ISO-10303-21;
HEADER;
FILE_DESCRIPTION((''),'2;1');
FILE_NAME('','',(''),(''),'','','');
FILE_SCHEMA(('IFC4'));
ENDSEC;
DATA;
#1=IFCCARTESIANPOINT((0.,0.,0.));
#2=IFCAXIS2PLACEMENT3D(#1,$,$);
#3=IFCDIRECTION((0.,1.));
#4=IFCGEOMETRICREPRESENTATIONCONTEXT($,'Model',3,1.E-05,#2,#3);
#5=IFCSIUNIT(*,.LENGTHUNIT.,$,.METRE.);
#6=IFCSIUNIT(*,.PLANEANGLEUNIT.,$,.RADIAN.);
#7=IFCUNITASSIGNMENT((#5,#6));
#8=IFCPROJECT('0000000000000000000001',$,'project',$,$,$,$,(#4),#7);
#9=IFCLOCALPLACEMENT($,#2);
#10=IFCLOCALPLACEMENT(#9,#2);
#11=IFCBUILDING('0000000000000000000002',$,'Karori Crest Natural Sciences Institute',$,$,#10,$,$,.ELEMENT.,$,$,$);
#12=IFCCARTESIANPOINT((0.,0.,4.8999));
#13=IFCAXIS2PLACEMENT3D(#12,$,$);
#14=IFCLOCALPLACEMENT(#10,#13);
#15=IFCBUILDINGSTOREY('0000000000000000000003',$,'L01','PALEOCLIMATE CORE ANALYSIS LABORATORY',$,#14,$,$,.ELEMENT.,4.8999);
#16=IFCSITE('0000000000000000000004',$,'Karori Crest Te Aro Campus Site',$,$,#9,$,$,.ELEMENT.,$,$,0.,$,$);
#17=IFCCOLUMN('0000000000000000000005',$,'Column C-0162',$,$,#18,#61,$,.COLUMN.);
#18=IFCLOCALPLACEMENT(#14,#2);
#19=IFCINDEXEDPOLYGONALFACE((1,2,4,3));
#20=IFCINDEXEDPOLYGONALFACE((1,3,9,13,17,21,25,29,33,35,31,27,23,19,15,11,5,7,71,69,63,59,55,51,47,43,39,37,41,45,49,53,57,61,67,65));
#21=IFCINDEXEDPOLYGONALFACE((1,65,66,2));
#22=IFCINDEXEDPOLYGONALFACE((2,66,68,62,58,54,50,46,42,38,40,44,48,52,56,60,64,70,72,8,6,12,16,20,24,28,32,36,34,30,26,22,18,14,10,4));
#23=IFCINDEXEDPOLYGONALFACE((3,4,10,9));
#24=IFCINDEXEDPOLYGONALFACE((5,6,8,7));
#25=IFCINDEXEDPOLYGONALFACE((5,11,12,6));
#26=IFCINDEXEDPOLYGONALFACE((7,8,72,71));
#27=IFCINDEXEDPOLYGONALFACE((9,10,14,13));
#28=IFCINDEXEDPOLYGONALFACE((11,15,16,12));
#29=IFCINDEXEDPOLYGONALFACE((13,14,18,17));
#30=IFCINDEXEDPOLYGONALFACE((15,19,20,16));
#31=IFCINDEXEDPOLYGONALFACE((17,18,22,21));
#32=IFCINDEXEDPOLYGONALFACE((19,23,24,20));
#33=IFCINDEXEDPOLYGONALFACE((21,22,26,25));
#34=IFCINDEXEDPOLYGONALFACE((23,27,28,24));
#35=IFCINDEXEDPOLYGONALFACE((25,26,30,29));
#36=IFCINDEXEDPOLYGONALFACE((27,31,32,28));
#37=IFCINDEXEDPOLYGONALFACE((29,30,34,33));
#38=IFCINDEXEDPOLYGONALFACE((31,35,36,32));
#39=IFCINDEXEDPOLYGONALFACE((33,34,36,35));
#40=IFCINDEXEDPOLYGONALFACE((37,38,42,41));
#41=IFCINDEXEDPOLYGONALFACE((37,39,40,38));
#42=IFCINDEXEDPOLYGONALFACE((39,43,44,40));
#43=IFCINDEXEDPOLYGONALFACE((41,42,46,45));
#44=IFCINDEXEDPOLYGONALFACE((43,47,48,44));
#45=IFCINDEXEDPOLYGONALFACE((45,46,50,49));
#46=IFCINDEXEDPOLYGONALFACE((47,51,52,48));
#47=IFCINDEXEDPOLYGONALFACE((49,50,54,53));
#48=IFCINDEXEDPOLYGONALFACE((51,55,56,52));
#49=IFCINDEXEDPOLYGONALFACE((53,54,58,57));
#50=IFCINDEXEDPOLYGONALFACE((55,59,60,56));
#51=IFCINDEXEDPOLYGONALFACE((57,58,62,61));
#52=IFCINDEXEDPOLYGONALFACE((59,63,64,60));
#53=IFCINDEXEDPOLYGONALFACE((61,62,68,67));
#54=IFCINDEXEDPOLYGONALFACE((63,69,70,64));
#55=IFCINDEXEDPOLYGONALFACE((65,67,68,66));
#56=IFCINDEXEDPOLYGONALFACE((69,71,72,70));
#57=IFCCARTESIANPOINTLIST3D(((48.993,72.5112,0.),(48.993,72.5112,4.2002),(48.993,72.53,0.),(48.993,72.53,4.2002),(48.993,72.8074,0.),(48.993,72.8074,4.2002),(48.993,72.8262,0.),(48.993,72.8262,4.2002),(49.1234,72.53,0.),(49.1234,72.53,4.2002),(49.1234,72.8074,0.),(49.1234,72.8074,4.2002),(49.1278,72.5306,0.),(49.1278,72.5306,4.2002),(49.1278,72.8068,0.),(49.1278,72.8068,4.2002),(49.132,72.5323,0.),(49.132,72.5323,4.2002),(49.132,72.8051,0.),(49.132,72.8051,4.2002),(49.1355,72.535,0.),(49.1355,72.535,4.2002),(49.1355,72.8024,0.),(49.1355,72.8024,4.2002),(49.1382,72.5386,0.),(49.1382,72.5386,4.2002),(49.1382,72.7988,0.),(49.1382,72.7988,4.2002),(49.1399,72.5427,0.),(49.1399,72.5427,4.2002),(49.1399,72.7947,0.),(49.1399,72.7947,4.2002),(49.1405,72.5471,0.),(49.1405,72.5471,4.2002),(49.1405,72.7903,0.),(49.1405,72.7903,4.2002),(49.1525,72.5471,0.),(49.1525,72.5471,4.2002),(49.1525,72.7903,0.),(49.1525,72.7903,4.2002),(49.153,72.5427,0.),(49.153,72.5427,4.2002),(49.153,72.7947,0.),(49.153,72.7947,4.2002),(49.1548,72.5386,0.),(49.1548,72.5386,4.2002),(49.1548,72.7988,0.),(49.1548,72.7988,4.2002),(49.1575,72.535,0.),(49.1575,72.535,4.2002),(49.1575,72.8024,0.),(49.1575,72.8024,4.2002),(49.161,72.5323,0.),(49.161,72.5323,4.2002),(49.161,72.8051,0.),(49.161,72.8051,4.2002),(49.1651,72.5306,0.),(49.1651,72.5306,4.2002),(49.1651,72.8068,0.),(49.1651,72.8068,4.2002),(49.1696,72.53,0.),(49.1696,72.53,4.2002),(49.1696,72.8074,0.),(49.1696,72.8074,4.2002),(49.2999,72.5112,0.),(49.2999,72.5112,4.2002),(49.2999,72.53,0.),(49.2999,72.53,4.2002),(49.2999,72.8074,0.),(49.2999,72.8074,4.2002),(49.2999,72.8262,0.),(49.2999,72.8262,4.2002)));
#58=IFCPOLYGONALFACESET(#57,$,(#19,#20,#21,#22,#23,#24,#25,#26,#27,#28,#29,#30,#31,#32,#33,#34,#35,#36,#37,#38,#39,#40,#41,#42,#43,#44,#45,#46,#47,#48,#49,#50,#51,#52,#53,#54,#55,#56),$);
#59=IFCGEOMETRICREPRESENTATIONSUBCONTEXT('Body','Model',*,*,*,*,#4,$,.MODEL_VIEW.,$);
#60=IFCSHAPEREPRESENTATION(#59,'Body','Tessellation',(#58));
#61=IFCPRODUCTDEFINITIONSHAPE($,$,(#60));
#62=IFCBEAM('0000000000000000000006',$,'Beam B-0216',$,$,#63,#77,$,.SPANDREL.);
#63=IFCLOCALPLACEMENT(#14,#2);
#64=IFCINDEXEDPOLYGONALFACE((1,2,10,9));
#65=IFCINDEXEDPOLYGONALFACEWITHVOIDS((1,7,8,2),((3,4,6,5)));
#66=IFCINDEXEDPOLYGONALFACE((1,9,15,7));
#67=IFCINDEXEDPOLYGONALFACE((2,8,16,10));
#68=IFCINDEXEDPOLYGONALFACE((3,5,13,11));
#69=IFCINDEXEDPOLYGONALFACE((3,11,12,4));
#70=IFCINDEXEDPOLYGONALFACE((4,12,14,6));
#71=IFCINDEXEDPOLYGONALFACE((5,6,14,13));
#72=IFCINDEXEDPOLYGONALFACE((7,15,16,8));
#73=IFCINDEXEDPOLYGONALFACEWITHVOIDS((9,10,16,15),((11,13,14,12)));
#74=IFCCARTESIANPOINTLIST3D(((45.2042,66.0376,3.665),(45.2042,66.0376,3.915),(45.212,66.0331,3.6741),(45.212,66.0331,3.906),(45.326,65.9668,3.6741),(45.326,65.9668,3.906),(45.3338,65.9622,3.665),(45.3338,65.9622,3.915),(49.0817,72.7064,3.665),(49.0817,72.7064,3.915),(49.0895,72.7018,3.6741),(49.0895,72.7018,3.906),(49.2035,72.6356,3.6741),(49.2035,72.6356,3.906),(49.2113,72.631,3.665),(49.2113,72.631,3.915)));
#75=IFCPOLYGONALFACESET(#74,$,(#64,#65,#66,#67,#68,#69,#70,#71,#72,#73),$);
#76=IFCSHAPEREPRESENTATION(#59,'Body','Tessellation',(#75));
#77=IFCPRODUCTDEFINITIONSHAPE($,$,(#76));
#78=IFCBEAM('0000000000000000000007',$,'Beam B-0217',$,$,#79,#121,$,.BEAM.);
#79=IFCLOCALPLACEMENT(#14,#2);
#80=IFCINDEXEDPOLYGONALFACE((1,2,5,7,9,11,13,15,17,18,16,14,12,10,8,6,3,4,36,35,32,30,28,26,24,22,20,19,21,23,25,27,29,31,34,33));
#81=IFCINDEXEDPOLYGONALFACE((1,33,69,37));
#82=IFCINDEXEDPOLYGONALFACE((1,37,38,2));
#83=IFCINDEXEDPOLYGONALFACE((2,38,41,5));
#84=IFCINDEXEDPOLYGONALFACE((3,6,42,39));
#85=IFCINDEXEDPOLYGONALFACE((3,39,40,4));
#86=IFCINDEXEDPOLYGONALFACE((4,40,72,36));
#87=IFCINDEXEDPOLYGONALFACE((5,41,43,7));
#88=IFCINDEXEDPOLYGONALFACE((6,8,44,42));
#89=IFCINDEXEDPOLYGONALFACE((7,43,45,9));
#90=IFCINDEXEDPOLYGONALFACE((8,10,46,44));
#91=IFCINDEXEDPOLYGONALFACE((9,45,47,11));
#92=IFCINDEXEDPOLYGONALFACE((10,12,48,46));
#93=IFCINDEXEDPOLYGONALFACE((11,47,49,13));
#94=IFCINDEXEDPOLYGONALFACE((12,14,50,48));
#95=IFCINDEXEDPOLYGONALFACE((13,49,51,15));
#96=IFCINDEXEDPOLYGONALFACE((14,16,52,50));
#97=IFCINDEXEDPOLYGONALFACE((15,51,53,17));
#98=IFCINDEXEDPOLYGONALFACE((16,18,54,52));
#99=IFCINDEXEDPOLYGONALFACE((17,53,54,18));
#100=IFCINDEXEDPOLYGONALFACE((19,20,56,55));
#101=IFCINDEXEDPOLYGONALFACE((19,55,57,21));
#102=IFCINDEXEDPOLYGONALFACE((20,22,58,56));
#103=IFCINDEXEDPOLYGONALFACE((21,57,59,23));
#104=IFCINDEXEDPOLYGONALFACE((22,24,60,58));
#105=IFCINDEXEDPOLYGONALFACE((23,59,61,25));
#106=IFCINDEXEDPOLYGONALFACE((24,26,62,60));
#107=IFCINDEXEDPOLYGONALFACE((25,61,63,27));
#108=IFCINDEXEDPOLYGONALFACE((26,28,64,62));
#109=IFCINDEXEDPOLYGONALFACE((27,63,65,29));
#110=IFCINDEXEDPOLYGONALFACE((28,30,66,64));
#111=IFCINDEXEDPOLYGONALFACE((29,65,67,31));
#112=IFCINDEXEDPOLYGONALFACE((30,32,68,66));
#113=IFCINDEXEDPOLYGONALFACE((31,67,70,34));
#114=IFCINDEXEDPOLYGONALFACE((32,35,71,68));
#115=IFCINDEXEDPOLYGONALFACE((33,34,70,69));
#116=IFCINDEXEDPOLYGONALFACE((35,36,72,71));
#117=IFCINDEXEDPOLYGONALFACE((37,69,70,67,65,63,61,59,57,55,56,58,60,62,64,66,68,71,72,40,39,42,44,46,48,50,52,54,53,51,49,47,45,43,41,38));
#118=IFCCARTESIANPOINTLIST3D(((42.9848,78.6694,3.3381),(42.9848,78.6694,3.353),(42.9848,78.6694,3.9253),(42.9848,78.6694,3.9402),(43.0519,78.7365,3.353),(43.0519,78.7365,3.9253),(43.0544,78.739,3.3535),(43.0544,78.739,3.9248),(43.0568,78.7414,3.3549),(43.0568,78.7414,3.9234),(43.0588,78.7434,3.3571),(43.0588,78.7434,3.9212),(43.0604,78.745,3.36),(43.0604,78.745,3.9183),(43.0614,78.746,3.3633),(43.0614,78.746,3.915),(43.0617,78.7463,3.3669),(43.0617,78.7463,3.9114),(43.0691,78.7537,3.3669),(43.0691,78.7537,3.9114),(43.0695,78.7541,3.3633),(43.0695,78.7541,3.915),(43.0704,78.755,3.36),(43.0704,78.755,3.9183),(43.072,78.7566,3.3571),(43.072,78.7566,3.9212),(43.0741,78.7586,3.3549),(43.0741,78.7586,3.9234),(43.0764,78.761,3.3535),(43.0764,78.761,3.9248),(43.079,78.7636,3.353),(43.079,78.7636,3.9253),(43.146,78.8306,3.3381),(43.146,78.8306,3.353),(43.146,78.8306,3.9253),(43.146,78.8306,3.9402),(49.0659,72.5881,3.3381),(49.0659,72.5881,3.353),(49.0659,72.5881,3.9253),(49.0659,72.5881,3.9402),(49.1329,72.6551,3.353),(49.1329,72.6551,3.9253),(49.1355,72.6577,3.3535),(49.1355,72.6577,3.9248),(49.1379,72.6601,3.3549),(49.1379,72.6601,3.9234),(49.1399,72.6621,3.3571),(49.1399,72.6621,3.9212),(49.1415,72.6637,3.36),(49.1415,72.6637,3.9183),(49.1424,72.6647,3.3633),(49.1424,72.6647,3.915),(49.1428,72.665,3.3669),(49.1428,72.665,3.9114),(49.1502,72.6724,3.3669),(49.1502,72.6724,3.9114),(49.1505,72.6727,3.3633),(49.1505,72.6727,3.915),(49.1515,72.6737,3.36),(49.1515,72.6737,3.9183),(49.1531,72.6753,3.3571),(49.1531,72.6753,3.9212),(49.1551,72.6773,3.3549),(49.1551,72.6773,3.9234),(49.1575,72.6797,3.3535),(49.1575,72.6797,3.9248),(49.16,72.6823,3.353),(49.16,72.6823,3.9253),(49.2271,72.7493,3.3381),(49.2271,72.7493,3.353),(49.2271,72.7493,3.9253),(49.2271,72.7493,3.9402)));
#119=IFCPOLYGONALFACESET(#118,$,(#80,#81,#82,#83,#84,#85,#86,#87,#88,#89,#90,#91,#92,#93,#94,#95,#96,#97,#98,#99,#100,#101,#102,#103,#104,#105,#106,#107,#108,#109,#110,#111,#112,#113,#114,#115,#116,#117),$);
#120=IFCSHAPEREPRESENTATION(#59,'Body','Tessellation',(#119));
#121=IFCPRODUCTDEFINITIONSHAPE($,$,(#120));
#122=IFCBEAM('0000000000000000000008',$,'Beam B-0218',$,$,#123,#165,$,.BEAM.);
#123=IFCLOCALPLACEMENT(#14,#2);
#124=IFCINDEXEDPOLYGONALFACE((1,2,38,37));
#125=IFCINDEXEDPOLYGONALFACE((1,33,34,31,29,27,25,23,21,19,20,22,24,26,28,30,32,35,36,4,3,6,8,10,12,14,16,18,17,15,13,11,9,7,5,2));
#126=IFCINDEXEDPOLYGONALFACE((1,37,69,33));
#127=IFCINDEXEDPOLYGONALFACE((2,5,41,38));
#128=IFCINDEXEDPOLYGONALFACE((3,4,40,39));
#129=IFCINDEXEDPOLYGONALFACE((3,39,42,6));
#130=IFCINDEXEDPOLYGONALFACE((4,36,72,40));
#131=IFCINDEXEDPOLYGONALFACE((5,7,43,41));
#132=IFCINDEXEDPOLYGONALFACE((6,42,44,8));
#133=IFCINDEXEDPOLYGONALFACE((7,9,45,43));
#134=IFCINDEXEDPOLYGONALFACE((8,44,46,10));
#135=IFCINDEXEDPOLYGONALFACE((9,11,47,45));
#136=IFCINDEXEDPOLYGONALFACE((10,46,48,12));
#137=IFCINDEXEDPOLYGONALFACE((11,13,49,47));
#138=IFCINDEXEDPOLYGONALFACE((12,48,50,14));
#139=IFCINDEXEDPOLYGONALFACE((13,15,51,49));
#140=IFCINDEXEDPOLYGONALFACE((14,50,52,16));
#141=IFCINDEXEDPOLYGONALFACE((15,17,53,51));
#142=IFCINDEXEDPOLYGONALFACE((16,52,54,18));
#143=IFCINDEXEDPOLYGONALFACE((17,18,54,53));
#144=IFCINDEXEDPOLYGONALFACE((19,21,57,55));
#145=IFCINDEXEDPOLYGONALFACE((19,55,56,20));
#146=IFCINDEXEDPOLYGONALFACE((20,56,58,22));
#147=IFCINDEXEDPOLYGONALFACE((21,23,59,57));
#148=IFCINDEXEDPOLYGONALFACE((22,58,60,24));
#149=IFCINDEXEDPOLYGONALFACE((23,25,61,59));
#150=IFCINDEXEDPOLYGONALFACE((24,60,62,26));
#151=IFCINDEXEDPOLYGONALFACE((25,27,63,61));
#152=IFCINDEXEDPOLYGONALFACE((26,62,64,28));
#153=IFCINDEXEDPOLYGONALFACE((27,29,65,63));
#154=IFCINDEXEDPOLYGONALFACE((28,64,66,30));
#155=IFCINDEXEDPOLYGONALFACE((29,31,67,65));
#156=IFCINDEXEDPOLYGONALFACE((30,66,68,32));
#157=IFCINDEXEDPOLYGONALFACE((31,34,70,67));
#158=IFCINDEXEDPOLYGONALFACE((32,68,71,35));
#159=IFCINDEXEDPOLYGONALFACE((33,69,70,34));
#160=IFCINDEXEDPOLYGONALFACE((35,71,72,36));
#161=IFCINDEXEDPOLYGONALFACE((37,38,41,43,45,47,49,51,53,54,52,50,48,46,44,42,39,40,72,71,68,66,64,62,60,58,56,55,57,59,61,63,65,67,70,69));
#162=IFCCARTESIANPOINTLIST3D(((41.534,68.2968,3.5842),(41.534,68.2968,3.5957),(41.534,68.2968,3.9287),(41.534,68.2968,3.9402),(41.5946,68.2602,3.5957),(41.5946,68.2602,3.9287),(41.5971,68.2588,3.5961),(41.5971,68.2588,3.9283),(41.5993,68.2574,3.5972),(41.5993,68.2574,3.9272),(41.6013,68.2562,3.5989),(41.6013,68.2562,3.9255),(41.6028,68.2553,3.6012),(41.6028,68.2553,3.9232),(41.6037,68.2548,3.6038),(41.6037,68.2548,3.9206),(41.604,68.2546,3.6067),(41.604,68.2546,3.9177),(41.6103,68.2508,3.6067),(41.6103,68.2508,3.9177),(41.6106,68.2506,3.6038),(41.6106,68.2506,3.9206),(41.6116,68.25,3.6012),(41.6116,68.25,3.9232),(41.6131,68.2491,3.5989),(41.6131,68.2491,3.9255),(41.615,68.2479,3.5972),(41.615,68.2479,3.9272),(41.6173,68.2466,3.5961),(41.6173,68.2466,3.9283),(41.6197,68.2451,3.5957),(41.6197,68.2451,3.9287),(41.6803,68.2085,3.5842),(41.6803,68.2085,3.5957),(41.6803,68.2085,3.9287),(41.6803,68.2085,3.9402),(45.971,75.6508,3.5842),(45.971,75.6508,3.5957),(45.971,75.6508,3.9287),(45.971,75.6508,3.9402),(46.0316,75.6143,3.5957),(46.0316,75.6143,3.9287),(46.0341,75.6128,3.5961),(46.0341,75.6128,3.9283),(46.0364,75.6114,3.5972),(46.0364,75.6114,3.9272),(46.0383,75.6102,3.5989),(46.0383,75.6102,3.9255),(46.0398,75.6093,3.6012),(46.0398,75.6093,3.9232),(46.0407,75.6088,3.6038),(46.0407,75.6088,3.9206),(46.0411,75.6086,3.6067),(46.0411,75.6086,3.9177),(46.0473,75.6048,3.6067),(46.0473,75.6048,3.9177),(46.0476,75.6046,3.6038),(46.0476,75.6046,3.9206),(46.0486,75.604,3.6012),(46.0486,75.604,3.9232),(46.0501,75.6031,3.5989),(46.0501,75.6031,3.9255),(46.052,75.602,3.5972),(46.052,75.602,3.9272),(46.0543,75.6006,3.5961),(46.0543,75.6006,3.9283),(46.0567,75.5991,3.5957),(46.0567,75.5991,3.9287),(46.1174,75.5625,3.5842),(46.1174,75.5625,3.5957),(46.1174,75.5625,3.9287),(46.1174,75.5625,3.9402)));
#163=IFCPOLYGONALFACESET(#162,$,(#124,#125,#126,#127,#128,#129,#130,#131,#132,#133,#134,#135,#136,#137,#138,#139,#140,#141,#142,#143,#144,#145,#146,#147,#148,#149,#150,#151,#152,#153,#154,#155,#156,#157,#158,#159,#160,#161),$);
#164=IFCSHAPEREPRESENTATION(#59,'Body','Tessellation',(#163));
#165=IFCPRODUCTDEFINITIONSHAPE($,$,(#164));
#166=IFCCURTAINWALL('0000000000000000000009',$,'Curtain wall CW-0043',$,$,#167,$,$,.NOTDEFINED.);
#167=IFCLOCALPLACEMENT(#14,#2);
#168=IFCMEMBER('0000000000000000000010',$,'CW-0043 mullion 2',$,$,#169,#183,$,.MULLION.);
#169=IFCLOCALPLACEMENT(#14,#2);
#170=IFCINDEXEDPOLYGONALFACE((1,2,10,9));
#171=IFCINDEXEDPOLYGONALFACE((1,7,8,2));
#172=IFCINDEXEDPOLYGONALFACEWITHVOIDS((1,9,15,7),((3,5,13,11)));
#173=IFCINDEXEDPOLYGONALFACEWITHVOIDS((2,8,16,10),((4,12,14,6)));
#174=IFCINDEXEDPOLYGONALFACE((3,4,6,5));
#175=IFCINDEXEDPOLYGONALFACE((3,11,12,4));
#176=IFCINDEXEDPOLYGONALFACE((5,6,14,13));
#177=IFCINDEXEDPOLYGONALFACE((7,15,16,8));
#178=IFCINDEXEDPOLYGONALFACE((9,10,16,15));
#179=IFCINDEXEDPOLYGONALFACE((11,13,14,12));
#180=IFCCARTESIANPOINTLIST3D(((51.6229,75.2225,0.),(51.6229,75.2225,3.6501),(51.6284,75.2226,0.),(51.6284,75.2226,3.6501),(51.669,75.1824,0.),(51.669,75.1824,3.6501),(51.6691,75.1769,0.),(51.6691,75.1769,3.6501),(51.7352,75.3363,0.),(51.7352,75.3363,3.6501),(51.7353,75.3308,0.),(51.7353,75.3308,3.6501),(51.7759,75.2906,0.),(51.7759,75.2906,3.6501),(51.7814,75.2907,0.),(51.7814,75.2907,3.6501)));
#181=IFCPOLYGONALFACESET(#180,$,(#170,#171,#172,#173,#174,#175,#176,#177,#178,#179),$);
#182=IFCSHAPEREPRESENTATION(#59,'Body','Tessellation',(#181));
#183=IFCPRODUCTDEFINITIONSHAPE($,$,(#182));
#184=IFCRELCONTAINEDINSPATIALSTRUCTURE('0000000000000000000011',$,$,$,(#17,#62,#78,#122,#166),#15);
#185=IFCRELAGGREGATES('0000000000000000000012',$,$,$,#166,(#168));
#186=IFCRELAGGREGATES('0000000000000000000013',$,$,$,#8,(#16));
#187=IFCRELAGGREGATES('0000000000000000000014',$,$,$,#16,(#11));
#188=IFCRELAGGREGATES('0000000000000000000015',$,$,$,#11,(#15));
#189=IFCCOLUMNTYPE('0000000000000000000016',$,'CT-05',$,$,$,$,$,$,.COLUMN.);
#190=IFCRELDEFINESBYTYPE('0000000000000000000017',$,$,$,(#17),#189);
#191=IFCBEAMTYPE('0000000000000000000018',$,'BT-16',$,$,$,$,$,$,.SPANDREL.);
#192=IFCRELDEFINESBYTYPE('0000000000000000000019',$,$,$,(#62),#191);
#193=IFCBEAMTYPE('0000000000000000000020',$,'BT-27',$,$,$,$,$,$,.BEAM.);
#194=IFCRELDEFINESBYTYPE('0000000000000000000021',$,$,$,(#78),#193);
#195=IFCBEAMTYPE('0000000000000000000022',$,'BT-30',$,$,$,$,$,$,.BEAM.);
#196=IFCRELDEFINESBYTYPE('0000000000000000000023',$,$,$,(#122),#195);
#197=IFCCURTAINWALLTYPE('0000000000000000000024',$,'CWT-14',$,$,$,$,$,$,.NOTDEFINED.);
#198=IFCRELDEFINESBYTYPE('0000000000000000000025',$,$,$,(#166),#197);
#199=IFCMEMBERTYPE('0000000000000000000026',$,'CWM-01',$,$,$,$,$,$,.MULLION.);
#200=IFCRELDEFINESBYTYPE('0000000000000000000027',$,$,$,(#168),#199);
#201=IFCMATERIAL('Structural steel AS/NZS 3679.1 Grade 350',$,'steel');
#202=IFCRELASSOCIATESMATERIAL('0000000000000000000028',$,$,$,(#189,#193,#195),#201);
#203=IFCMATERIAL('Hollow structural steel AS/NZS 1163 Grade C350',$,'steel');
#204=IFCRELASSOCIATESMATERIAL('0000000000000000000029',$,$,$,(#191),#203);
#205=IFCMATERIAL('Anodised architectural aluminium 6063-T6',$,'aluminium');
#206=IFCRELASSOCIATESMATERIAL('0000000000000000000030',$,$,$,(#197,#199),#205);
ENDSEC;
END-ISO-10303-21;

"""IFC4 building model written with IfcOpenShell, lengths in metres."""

from ifc_helpers import new_model, si_unit, direction, frame, origin, origin_2d, place, context, subcontext, project, spatial, hollow_rectangle, i_section, extrude, material, material_profile, profile_set, type_object, element, aggregate, save


model = new_model("IFC4")

# Units and contexts
model_context = context("Model", 3, precision=1e-05, world=origin(), true_north=direction((0.0, 1.0)))
body_context = subcontext(model_context, "Body", "Model", "MODEL_VIEW")
ifc_project = project(units=[si_unit("LENGTHUNIT", "METRE"), si_unit("PLANEANGLEUNIT", "RADIAN")], contexts=[model_context])

# Site, building, storey
site_placement = place(None, origin())
site = spatial("IfcSite", under=ifc_project, at=site_placement, Name="Karori Crest Te Aro Campus Site", CompositionType="ELEMENT", RefElevation=0.0)
building_placement = place(site_placement, origin())
building = spatial("IfcBuilding", under=site, at=building_placement, Name="Karori Crest Natural Sciences Institute", CompositionType="ELEMENT")
storey_placement = place(building_placement, frame((0.0, 0.0, 4.8999)))
storey = spatial("IfcBuildingStorey", under=building, at=storey_placement, Name="L01", Description="PALEOCLIMATE CORE ANALYSIS LABORATORY", CompositionType="ELEMENT", Elevation=4.8999)

# Column
ifc_material_1 = material(Name="Structural steel AS/NZS 3679.1 Grade 350", Category="steel")
ifc_material_profile_1 = material_profile(ifc_material_1, i_section(OverallWidth=0.3069, OverallDepth=0.3149, WebThickness=0.012, FlangeThickness=0.0188, FilletRadius=0.0171, at=origin_2d()), Name="310UC118")
ifc_profile_set_1 = profile_set([ifc_material_profile_1], Name="Structural steel AS/NZS 3679.1 Grade 350")
column_type = type_object("IfcColumnType", Name="CT-05", PredefinedType="COLUMN", material=ifc_profile_set_1)
column_placement = place(storey_placement, frame((49.1465, 72.6687, 0.0), z_axis=(0.0, 0.0, 1.0), x_axis=(1.0, 0.0, 0.0)))
element("IfcColumn", 1, at=column_placement, inside=storey, type_object=column_type, Name="Column C-0162", PredefinedType="COLUMN", context=body_context, shape_type="SweptSolid", body=[
    extrude(i_section(OverallWidth=0.3069, OverallDepth=0.3149, WebThickness=0.012, FlangeThickness=0.0188, FilletRadius=0.0171, at=origin_2d()), origin(), (0.0, 0.0, 1.0), 4.2002),
])

# Beams
ifc_material_2 = material(Name="Hollow structural steel AS/NZS 1163 Grade C350", Category="steel")
ifc_material_profile_2 = material_profile(ifc_material_2, hollow_rectangle(XDim=0.1499, YDim=0.25, WallThickness=0.009, at=origin_2d()), Name="RHS250x150x9")
ifc_profile_set_2 = profile_set([ifc_material_profile_2], Name="Hollow structural steel AS/NZS 1163 Grade C350")
beam_type_1 = type_object("IfcBeamType", Name="BT-16", PredefinedType="SPANDREL", material=ifc_profile_set_2)
beam_1_placement = place(storey_placement, frame((49.1465, 72.6687, 3.79), z_axis=(-0.502649, -0.864491, 0.0), x_axis=(0.864491, -0.502649, 0.0)))
element("IfcBeam", 2, at=beam_1_placement, inside=storey, type_object=beam_type_1, Name="Beam B-0216", PredefinedType="SPANDREL", context=body_context, shape_type="SweptSolid", body=[
    extrude(hollow_rectangle(XDim=0.1499, YDim=0.25, WallThickness=0.009, at=origin_2d()), origin(), (0.0, 0.0, 1.0), 7.7141),
])
ifc_material_profile_3 = material_profile(ifc_material_1, i_section(OverallWidth=0.228, OverallDepth=0.6021, WebThickness=0.0105, FlangeThickness=0.0149, FilletRadius=0.0139, at=origin_2d()), Name="610UB101")
ifc_profile_set_3 = profile_set([ifc_material_profile_3], Name="Structural steel AS/NZS 3679.1 Grade 350")
beam_type_2 = type_object("IfcBeamType", Name="BT-27", PredefinedType="BEAM", material=ifc_profile_set_3)
beam_2_placement = place(storey_placement, frame((49.1465, 72.6687, 3.6392), z_axis=(-0.707093, 0.707121, 0.0), x_axis=(-0.707121, -0.707093, 0.0)))
element("IfcBeam", 3, at=beam_2_placement, inside=storey, type_object=beam_type_2, Name="Beam B-0217", PredefinedType="BEAM", context=body_context, shape_type="SweptSolid", body=[
    extrude(i_section(OverallWidth=0.228, OverallDepth=0.6021, WebThickness=0.0105, FlangeThickness=0.0149, FilletRadius=0.0139, at=origin_2d()), origin(), (0.0, 0.0, 1.0), 8.6001),
])
ifc_material_profile_4 = material_profile(ifc_material_1, i_section(OverallWidth=0.1709, OverallDepth=0.356, WebThickness=0.0073, FlangeThickness=0.0115, FilletRadius=0.011, at=origin_2d()), Name="360UB50.7")
ifc_profile_set_4 = profile_set([ifc_material_profile_4], Name="Structural steel AS/NZS 3679.1 Grade 350")
beam_type_3 = type_object("IfcBeamType", Name="BT-30", PredefinedType="BEAM", material=ifc_profile_set_4)
beam_3_placement = place(storey_placement, frame((46.0442, 75.6067, 3.7622), z_axis=(-0.516601, -0.856226, 0.0), x_axis=(0.856226, -0.516601, 0.0)))
element("IfcBeam", 4, at=beam_3_placement, inside=storey, type_object=beam_type_3, Name="Beam B-0218", PredefinedType="BEAM", context=body_context, shape_type="SweptSolid", body=[
    extrude(i_section(OverallWidth=0.1709, OverallDepth=0.356, WebThickness=0.0073, FlangeThickness=0.0115, FilletRadius=0.011, at=origin_2d()), origin(), (0.0, 0.0, 1.0), 8.5889),
])

# Curtain wall, member
ifc_material_3 = material(Name="Anodised architectural aluminium 6063-T6", Category="aluminium")
curtain_wall_type_1 = type_object("IfcCurtainWallType", Name="CWT-14", PredefinedType="NOTDEFINED", material=ifc_material_3)
curtain_wall_1_placement = place(storey_placement, origin())
curtain_wall_1 = element("IfcCurtainWall", 5, at=curtain_wall_1_placement, inside=storey, type_object=curtain_wall_type_1, Name="Curtain wall CW-0043", PredefinedType="NOTDEFINED")
ifc_material_profile_5 = material_profile(ifc_material_3, hollow_rectangle(XDim=0.0649, YDim=0.1599, WallThickness=0.0039, at=origin_2d()), Name="CWM160x65x4")
ifc_profile_set_5 = profile_set([ifc_material_profile_5], Name="Anodised architectural aluminium 6063-T6")
member_type_1 = type_object("IfcMemberType", Name="CWM-01", PredefinedType="MULLION", material=ifc_profile_set_5)
member_1_placement = place(storey_placement, frame((51.7021, 75.2566, 0.0), z_axis=(0.0, 0.0, 1.0), x_axis=(0.711529, -0.702656, 0.0)))
member_1 = element("IfcMember", 6, at=member_1_placement, type_object=member_type_1, Name="CW-0043 mullion 2", PredefinedType="MULLION", context=body_context, shape_type="SweptSolid", body=[
    extrude(hollow_rectangle(XDim=0.0649, YDim=0.1599, WallThickness=0.0039, at=origin_2d()), origin(), (0.0, 0.0, 1.0), 3.6501),
])

aggregate(curtain_wall_1, [member_1])

save(model, "model.ifc")
